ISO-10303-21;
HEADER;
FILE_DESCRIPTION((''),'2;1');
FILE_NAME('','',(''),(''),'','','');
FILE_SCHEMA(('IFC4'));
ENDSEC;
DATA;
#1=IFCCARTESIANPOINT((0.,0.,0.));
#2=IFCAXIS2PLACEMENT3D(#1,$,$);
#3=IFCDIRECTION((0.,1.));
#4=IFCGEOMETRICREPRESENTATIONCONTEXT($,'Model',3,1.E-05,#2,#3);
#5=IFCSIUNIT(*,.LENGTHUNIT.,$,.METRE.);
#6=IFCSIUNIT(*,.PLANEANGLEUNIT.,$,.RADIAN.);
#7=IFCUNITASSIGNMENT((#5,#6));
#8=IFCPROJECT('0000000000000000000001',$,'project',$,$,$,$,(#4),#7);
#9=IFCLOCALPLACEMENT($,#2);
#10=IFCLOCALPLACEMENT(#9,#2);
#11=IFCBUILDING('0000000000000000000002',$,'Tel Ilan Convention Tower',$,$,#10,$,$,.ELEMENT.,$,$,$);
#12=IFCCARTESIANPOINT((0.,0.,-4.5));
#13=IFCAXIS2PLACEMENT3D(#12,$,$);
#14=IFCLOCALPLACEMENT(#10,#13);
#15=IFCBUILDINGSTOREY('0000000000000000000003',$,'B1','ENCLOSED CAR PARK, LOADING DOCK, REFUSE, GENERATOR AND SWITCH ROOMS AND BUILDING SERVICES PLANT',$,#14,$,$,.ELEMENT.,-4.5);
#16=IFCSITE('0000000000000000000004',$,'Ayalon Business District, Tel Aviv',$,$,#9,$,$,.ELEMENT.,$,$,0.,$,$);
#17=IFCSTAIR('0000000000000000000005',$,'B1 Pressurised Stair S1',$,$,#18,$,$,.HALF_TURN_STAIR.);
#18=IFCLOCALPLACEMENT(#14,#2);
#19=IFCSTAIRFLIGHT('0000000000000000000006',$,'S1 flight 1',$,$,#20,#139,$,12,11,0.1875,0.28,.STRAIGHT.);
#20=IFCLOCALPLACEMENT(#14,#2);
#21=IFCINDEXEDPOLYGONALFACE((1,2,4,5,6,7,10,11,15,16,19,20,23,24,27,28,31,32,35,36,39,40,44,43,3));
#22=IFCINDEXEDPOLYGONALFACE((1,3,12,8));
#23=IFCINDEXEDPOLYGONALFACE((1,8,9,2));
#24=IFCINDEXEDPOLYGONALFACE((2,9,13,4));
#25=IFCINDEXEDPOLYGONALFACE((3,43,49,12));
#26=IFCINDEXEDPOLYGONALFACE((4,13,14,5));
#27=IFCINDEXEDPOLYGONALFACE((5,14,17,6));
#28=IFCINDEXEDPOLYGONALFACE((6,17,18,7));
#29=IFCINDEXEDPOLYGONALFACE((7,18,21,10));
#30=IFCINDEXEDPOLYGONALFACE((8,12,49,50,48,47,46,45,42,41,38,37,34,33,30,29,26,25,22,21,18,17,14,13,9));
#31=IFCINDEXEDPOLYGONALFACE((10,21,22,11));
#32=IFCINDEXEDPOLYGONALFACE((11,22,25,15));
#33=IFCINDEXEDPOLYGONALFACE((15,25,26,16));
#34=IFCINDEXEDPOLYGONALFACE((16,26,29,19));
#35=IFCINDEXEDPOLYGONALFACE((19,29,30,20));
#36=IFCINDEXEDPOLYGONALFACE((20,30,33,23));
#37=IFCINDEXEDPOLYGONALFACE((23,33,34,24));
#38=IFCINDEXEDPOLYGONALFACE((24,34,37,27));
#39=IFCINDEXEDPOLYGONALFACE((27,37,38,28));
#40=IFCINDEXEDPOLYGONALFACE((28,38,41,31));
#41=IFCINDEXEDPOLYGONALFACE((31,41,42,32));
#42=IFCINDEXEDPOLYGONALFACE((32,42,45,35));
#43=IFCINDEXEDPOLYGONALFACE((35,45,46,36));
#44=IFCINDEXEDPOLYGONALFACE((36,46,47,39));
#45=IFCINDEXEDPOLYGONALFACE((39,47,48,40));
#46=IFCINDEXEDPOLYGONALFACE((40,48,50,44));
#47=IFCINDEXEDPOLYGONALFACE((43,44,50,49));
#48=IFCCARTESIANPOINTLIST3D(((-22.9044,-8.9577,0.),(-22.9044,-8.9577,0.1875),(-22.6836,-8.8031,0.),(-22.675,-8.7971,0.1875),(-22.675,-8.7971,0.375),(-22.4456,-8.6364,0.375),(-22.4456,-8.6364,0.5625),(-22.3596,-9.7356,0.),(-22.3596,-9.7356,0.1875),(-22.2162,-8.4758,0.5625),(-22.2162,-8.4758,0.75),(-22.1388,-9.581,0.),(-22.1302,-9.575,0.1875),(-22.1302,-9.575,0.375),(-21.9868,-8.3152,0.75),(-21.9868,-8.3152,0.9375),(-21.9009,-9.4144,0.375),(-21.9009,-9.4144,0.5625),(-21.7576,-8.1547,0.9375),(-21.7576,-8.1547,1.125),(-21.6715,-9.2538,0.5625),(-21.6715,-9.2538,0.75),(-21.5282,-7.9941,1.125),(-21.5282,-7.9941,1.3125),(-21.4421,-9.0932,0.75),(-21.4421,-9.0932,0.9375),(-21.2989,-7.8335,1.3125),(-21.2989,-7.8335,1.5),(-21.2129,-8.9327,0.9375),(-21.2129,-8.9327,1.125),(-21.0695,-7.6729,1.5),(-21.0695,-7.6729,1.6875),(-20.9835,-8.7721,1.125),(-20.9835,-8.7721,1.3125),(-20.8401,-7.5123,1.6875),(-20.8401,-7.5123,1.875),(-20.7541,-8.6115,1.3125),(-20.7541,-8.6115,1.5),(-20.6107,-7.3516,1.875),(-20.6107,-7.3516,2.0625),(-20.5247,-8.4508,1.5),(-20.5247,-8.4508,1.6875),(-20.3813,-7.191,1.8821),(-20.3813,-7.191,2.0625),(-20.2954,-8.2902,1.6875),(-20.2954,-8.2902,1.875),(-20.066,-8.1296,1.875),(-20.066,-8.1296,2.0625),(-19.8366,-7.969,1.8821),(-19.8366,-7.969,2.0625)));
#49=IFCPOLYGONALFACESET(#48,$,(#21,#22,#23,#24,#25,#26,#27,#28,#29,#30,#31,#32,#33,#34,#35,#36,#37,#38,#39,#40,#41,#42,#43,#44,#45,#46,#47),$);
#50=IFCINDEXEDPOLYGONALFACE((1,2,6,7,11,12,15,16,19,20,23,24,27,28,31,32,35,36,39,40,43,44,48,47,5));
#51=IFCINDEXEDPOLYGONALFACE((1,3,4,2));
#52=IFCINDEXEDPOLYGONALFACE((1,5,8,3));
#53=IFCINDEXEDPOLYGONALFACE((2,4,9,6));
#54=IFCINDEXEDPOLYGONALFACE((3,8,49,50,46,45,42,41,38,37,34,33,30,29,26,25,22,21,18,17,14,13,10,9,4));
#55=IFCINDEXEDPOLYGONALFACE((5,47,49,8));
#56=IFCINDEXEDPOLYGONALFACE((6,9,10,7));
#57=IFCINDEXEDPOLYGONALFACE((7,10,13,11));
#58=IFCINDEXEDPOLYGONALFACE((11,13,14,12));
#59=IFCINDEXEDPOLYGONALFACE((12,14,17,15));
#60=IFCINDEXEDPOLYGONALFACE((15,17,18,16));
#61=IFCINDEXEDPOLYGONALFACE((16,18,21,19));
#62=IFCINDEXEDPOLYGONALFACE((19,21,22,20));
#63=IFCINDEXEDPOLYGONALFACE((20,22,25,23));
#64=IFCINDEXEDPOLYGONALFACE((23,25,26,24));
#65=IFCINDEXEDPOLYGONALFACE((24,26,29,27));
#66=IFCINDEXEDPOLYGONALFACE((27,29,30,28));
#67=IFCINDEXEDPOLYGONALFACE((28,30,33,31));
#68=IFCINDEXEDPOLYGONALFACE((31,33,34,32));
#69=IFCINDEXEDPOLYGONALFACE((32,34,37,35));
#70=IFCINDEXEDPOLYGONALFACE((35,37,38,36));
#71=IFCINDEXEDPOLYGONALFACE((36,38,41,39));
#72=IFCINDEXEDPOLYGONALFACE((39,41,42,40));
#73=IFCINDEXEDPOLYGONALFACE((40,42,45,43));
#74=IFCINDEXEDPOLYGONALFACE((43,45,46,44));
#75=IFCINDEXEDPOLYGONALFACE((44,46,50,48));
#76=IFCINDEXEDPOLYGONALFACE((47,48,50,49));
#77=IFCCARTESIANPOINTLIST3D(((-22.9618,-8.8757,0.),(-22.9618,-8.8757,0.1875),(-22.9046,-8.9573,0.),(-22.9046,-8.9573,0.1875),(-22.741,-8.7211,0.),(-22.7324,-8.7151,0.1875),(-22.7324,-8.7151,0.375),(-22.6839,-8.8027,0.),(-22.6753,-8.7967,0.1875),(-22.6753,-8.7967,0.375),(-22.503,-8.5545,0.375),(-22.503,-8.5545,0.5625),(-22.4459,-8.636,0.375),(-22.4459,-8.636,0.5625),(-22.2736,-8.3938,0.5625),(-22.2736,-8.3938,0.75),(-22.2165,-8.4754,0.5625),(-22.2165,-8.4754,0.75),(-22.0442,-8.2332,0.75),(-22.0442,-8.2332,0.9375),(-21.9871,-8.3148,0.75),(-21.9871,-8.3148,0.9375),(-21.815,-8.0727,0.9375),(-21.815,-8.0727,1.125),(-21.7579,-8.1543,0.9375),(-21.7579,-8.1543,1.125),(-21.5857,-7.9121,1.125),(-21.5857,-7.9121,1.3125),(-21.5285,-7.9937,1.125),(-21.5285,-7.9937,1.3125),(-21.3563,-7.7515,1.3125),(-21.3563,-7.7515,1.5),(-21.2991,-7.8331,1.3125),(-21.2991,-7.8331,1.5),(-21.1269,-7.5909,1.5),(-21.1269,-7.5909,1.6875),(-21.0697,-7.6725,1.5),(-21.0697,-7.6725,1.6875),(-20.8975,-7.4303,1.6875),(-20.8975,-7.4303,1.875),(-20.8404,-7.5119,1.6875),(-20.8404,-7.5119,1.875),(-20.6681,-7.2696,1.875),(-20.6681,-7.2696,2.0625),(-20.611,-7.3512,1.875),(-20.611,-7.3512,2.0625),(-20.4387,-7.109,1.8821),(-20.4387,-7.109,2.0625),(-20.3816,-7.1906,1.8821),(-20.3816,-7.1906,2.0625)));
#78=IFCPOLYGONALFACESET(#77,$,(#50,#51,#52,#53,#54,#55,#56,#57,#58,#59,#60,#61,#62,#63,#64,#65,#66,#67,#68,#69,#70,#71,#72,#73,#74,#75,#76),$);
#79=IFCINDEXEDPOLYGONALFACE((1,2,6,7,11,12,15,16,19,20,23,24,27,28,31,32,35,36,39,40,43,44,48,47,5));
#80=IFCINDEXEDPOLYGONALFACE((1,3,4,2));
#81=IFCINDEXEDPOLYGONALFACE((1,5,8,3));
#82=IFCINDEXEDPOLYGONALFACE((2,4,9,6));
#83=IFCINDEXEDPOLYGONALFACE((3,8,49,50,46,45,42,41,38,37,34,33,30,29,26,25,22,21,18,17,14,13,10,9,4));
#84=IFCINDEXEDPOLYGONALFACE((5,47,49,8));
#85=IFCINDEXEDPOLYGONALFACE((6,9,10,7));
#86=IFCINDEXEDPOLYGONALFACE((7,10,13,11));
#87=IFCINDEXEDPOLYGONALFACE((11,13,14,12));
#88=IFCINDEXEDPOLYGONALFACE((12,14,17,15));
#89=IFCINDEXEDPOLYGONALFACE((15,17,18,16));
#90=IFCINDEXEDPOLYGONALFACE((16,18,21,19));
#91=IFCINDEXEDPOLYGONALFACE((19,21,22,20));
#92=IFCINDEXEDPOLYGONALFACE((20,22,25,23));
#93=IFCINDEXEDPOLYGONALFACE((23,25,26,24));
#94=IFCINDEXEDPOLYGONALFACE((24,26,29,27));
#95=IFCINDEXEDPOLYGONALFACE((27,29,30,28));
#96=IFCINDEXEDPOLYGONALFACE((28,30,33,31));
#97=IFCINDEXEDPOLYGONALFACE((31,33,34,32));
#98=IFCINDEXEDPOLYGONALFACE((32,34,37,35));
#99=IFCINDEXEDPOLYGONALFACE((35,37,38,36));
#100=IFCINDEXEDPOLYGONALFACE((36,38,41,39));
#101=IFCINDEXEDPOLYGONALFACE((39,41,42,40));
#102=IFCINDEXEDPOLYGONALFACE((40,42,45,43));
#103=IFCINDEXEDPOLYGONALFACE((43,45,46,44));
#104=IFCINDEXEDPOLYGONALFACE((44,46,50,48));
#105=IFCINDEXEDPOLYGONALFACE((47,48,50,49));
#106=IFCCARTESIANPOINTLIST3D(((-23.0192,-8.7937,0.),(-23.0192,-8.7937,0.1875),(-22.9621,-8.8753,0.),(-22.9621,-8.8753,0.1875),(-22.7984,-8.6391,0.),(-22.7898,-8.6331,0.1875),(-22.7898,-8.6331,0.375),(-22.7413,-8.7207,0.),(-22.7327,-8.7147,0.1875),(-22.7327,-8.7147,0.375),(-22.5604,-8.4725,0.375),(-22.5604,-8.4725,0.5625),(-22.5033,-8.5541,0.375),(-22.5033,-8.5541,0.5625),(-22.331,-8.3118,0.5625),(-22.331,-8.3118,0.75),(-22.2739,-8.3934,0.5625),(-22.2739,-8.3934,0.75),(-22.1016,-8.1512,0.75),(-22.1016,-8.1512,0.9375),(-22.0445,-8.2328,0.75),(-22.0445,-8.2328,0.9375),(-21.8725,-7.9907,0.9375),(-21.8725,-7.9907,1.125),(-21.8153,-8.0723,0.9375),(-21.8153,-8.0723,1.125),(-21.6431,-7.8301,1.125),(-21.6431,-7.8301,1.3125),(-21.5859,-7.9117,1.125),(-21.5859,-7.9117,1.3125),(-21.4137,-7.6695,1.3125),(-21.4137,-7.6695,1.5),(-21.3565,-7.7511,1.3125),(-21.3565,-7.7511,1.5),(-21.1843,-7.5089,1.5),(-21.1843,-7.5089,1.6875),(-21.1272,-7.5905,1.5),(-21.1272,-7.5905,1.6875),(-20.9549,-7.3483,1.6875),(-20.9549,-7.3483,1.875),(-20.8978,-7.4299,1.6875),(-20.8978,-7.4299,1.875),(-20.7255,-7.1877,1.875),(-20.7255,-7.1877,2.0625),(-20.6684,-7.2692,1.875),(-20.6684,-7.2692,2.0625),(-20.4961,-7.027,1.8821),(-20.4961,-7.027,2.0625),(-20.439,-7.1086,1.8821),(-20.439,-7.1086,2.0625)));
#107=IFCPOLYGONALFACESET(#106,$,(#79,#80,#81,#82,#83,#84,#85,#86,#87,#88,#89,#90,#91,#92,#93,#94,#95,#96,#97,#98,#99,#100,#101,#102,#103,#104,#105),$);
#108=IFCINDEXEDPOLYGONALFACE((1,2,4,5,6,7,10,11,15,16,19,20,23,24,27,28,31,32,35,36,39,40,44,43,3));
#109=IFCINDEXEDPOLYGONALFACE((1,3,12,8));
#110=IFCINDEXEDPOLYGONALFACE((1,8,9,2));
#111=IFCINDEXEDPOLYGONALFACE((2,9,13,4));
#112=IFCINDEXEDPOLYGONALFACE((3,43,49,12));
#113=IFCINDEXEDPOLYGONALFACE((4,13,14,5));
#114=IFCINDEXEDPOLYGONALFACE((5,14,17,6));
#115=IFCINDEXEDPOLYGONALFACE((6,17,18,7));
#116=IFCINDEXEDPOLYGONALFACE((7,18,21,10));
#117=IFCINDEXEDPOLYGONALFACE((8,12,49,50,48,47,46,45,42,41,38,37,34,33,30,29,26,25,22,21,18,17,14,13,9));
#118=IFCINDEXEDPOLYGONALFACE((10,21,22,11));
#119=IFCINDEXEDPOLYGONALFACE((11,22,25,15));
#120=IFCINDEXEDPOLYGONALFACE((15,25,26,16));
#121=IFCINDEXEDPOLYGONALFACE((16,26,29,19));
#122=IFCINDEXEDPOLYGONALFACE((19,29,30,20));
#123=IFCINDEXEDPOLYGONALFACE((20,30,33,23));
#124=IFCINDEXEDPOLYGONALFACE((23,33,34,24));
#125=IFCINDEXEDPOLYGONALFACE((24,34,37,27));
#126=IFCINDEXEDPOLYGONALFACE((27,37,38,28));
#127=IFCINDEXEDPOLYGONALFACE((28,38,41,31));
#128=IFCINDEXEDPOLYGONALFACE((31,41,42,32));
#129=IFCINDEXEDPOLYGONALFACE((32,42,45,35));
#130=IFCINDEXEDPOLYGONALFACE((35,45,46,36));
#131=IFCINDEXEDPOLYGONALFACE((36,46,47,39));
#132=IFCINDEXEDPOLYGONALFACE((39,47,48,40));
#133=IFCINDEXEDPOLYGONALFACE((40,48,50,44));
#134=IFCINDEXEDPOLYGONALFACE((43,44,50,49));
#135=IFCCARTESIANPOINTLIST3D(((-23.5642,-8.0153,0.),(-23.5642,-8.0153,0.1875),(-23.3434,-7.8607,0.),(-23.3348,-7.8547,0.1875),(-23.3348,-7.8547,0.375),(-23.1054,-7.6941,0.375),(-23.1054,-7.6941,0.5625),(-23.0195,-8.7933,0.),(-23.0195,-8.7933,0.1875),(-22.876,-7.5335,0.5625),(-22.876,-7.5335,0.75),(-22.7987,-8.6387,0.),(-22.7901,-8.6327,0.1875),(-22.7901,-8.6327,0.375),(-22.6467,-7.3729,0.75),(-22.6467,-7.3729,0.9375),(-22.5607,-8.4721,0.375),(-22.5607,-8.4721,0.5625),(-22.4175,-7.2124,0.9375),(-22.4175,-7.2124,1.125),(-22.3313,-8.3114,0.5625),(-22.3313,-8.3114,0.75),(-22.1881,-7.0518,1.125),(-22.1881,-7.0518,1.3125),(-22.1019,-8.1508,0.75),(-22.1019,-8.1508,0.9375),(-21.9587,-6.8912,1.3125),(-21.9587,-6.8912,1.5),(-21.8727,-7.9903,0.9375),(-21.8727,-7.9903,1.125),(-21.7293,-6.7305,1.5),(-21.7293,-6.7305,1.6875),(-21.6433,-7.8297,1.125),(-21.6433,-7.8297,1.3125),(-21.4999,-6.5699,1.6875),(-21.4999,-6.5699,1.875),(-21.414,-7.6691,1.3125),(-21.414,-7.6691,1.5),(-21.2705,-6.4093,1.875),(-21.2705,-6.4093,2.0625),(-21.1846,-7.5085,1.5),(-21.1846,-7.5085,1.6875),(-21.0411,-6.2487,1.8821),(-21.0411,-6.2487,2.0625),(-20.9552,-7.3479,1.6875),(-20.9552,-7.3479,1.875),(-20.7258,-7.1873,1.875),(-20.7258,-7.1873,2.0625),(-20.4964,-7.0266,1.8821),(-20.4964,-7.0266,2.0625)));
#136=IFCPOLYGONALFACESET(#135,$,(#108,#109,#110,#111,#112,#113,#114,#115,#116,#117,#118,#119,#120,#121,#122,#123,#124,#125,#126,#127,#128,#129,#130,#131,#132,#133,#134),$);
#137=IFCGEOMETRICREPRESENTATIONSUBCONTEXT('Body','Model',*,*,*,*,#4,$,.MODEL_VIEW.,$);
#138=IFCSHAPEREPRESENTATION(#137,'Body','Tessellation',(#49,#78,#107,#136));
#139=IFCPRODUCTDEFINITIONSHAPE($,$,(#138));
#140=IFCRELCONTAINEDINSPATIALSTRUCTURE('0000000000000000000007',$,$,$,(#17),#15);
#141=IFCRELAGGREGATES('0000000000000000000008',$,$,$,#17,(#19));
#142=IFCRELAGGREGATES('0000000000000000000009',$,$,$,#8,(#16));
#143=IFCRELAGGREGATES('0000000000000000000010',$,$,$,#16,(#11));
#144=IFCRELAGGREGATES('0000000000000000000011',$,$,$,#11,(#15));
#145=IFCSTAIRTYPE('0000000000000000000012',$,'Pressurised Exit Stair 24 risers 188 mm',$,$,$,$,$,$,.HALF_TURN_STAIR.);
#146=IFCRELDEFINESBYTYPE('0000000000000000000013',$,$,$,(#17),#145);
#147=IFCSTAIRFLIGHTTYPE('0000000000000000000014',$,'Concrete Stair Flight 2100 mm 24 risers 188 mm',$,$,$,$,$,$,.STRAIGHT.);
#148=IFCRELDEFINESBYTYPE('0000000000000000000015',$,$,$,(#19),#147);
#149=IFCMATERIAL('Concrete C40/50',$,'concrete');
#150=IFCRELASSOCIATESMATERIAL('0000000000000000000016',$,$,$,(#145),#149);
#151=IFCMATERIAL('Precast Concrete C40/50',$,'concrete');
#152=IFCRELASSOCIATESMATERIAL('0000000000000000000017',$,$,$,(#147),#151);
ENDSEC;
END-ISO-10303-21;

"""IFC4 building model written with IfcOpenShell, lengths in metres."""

from ifc_helpers import new_model, si_unit, direction, frame, origin, place, context, subcontext, project, spatial, polyline, outline, extrude, material, type_object, element, aggregate, save


model = new_model("IFC4")

# Units and contexts
model_context = context("Model", 3, precision=1e-05, world=origin(), true_north=direction((0.0, 1.0)))
body_context = subcontext(model_context, "Body", "Model", "MODEL_VIEW")
ifc_project = project(units=[si_unit("LENGTHUNIT", "METRE"), si_unit("PLANEANGLEUNIT", "RADIAN")], contexts=[model_context])

# Site, building, storey
site_placement = place(None, origin())
site = spatial("IfcSite", under=ifc_project, at=site_placement, Name="Ayalon Business District, Tel Aviv", CompositionType="ELEMENT", RefElevation=0.0)
building_placement = place(site_placement, origin())
building = spatial("IfcBuilding", under=site, at=building_placement, Name="Tel Ilan Convention Tower", CompositionType="ELEMENT")
storey_placement = place(building_placement, frame((0.0, 0.0, -4.5)))
storey = spatial("IfcBuildingStorey", under=building, at=storey_placement, Name="B1", Description="ENCLOSED CAR PARK, LOADING DOCK, REFUSE, GENERATOR AND SWITCH ROOMS AND BUILDING SERVICES PLANT", CompositionType="ELEMENT", Elevation=-4.5)

# Stair, stair flight
ifc_material_1 = material(Name="Concrete C40/50", Category="concrete")
stair_type = type_object("IfcStairType", Name="Pressurised Exit Stair 24 risers 188 mm", PredefinedType="HALF_TURN_STAIR", material=ifc_material_1)
stair_1_placement = place(storey_placement, origin())
stair_1 = element("IfcStair", 1, at=stair_1_placement, inside=storey, type_object=stair_type, Name="B1 Pressurised Stair S1", PredefinedType="HALF_TURN_STAIR")
ifc_material_2 = material(Name="Precast Concrete C40/50", Category="concrete")
stair_flight_type = type_object("IfcStairFlightType", Name="Concrete Stair Flight 2100 mm 24 risers 188 mm", PredefinedType="STRAIGHT", material=ifc_material_2)
stair_flight_1_placement = place(storey_placement, frame((-22.9619, -8.8755, 0.0), z_axis=(0.0, 0.0, 1.0), x_axis=(0.819152, 0.573576, 0.0)))
stair_flight_1 = element("IfcStairFlight", 2, at=stair_flight_1_placement, type_object=stair_flight_type, Name="S1 flight 1", NumberOfRisers=12, NumberOfTreads=11, PredefinedType="STRAIGHT", RiserHeight=0.1875, TreadLength=0.28, context=body_context, shape_type="SweptSolid", body=[
    extrude(outline(polyline([(0.0, 0.0), (0.0, 0.1875), (0.28, 0.1875), (0.28, 0.375), (0.5601, 0.375), (0.5601, 0.5625), (0.8401, 0.5625), (0.8401, 0.75), (1.1201, 0.75), (1.1201, 0.9375), (1.3999, 0.9375), (1.3999, 1.125), (1.6799, 1.125), (1.6799, 1.3125), (1.96, 1.3125), (1.96, 1.5), (2.24, 1.5), (2.24, 1.6875), (2.52, 1.6875), (2.52, 1.875), (2.8, 1.875), (2.8, 2.0625), (3.0801, 2.0625), (3.0801, 2.25), (3.0801, 1.8821), (0.2695, 0.0), (0.0, 0.0)])), frame((0.0, -0.1003, 0.0), z_axis=(0.0, -1.0, 0.0), x_axis=(1.0, 0.0, 0.0)), (0.0, 0.0, 1.0), 0.9497),
    extrude(outline(polyline([(0.0, 0.0), (0.0, 0.1875), (0.28, 0.1875), (0.28, 0.375), (0.5601, 0.375), (0.5601, 0.5625), (0.8401, 0.5625), (0.8401, 0.75), (1.1201, 0.75), (1.1201, 0.9375), (1.3999, 0.9375), (1.3999, 1.125), (1.6799, 1.125), (1.6799, 1.3125), (1.96, 1.3125), (1.96, 1.5), (2.24, 1.5), (2.24, 1.6875), (2.52, 1.6875), (2.52, 1.875), (2.8, 1.875), (2.8, 2.0625), (3.0801, 2.0625), (3.0801, 2.25), (3.0801, 1.8821), (0.2695, 0.0), (0.0, 0.0)])), frame((0.0, -0.0002, 0.0), z_axis=(0.0, -1.0, 0.0), x_axis=(1.0, 0.0, 0.0)), (0.0, 0.0, 1.0), 0.0996),
    extrude(outline(polyline([(0.0, 0.0), (0.0, 0.1875), (0.28, 0.1875), (0.28, 0.375), (0.5601, 0.375), (0.5601, 0.5625), (0.8401, 0.5625), (0.8401, 0.75), (1.1201, 0.75), (1.1201, 0.9375), (1.3999, 0.9375), (1.3999, 1.125), (1.6799, 1.125), (1.6799, 1.3125), (1.96, 1.3125), (1.96, 1.5), (2.24, 1.5), (2.24, 1.6875), (2.52, 1.6875), (2.52, 1.875), (2.8, 1.875), (2.8, 2.0625), (3.0801, 2.0625), (3.0801, 2.25), (3.0801, 1.8821), (0.2695, 0.0), (0.0, 0.0)])), frame((0.0, 0.0999, 0.0), z_axis=(0.0, -1.0, 0.0), x_axis=(1.0, 0.0, 0.0)), (0.0, 0.0, 1.0), 0.0996),
    extrude(outline(polyline([(0.0, 0.0), (0.0, 0.1875), (0.28, 0.1875), (0.28, 0.375), (0.5601, 0.375), (0.5601, 0.5625), (0.8401, 0.5625), (0.8401, 0.75), (1.1201, 0.75), (1.1201, 0.9375), (1.3999, 0.9375), (1.3999, 1.125), (1.6799, 1.125), (1.6799, 1.3125), (1.96, 1.3125), (1.96, 1.5), (2.24, 1.5), (2.24, 1.6875), (2.52, 1.6875), (2.52, 1.875), (2.8, 1.875), (2.8, 2.0625), (3.0801, 2.0625), (3.0801, 2.25), (3.0801, 1.8821), (0.2695, 0.0), (0.0, 0.0)])), frame((0.0, 1.05, 0.0), z_axis=(0.0, -1.0, 0.0), x_axis=(1.0, 0.0, 0.0)), (0.0, 0.0, 1.0), 0.9497),
])
aggregate(stair_1, [stair_flight_1])

save(model, "model.ifc")
